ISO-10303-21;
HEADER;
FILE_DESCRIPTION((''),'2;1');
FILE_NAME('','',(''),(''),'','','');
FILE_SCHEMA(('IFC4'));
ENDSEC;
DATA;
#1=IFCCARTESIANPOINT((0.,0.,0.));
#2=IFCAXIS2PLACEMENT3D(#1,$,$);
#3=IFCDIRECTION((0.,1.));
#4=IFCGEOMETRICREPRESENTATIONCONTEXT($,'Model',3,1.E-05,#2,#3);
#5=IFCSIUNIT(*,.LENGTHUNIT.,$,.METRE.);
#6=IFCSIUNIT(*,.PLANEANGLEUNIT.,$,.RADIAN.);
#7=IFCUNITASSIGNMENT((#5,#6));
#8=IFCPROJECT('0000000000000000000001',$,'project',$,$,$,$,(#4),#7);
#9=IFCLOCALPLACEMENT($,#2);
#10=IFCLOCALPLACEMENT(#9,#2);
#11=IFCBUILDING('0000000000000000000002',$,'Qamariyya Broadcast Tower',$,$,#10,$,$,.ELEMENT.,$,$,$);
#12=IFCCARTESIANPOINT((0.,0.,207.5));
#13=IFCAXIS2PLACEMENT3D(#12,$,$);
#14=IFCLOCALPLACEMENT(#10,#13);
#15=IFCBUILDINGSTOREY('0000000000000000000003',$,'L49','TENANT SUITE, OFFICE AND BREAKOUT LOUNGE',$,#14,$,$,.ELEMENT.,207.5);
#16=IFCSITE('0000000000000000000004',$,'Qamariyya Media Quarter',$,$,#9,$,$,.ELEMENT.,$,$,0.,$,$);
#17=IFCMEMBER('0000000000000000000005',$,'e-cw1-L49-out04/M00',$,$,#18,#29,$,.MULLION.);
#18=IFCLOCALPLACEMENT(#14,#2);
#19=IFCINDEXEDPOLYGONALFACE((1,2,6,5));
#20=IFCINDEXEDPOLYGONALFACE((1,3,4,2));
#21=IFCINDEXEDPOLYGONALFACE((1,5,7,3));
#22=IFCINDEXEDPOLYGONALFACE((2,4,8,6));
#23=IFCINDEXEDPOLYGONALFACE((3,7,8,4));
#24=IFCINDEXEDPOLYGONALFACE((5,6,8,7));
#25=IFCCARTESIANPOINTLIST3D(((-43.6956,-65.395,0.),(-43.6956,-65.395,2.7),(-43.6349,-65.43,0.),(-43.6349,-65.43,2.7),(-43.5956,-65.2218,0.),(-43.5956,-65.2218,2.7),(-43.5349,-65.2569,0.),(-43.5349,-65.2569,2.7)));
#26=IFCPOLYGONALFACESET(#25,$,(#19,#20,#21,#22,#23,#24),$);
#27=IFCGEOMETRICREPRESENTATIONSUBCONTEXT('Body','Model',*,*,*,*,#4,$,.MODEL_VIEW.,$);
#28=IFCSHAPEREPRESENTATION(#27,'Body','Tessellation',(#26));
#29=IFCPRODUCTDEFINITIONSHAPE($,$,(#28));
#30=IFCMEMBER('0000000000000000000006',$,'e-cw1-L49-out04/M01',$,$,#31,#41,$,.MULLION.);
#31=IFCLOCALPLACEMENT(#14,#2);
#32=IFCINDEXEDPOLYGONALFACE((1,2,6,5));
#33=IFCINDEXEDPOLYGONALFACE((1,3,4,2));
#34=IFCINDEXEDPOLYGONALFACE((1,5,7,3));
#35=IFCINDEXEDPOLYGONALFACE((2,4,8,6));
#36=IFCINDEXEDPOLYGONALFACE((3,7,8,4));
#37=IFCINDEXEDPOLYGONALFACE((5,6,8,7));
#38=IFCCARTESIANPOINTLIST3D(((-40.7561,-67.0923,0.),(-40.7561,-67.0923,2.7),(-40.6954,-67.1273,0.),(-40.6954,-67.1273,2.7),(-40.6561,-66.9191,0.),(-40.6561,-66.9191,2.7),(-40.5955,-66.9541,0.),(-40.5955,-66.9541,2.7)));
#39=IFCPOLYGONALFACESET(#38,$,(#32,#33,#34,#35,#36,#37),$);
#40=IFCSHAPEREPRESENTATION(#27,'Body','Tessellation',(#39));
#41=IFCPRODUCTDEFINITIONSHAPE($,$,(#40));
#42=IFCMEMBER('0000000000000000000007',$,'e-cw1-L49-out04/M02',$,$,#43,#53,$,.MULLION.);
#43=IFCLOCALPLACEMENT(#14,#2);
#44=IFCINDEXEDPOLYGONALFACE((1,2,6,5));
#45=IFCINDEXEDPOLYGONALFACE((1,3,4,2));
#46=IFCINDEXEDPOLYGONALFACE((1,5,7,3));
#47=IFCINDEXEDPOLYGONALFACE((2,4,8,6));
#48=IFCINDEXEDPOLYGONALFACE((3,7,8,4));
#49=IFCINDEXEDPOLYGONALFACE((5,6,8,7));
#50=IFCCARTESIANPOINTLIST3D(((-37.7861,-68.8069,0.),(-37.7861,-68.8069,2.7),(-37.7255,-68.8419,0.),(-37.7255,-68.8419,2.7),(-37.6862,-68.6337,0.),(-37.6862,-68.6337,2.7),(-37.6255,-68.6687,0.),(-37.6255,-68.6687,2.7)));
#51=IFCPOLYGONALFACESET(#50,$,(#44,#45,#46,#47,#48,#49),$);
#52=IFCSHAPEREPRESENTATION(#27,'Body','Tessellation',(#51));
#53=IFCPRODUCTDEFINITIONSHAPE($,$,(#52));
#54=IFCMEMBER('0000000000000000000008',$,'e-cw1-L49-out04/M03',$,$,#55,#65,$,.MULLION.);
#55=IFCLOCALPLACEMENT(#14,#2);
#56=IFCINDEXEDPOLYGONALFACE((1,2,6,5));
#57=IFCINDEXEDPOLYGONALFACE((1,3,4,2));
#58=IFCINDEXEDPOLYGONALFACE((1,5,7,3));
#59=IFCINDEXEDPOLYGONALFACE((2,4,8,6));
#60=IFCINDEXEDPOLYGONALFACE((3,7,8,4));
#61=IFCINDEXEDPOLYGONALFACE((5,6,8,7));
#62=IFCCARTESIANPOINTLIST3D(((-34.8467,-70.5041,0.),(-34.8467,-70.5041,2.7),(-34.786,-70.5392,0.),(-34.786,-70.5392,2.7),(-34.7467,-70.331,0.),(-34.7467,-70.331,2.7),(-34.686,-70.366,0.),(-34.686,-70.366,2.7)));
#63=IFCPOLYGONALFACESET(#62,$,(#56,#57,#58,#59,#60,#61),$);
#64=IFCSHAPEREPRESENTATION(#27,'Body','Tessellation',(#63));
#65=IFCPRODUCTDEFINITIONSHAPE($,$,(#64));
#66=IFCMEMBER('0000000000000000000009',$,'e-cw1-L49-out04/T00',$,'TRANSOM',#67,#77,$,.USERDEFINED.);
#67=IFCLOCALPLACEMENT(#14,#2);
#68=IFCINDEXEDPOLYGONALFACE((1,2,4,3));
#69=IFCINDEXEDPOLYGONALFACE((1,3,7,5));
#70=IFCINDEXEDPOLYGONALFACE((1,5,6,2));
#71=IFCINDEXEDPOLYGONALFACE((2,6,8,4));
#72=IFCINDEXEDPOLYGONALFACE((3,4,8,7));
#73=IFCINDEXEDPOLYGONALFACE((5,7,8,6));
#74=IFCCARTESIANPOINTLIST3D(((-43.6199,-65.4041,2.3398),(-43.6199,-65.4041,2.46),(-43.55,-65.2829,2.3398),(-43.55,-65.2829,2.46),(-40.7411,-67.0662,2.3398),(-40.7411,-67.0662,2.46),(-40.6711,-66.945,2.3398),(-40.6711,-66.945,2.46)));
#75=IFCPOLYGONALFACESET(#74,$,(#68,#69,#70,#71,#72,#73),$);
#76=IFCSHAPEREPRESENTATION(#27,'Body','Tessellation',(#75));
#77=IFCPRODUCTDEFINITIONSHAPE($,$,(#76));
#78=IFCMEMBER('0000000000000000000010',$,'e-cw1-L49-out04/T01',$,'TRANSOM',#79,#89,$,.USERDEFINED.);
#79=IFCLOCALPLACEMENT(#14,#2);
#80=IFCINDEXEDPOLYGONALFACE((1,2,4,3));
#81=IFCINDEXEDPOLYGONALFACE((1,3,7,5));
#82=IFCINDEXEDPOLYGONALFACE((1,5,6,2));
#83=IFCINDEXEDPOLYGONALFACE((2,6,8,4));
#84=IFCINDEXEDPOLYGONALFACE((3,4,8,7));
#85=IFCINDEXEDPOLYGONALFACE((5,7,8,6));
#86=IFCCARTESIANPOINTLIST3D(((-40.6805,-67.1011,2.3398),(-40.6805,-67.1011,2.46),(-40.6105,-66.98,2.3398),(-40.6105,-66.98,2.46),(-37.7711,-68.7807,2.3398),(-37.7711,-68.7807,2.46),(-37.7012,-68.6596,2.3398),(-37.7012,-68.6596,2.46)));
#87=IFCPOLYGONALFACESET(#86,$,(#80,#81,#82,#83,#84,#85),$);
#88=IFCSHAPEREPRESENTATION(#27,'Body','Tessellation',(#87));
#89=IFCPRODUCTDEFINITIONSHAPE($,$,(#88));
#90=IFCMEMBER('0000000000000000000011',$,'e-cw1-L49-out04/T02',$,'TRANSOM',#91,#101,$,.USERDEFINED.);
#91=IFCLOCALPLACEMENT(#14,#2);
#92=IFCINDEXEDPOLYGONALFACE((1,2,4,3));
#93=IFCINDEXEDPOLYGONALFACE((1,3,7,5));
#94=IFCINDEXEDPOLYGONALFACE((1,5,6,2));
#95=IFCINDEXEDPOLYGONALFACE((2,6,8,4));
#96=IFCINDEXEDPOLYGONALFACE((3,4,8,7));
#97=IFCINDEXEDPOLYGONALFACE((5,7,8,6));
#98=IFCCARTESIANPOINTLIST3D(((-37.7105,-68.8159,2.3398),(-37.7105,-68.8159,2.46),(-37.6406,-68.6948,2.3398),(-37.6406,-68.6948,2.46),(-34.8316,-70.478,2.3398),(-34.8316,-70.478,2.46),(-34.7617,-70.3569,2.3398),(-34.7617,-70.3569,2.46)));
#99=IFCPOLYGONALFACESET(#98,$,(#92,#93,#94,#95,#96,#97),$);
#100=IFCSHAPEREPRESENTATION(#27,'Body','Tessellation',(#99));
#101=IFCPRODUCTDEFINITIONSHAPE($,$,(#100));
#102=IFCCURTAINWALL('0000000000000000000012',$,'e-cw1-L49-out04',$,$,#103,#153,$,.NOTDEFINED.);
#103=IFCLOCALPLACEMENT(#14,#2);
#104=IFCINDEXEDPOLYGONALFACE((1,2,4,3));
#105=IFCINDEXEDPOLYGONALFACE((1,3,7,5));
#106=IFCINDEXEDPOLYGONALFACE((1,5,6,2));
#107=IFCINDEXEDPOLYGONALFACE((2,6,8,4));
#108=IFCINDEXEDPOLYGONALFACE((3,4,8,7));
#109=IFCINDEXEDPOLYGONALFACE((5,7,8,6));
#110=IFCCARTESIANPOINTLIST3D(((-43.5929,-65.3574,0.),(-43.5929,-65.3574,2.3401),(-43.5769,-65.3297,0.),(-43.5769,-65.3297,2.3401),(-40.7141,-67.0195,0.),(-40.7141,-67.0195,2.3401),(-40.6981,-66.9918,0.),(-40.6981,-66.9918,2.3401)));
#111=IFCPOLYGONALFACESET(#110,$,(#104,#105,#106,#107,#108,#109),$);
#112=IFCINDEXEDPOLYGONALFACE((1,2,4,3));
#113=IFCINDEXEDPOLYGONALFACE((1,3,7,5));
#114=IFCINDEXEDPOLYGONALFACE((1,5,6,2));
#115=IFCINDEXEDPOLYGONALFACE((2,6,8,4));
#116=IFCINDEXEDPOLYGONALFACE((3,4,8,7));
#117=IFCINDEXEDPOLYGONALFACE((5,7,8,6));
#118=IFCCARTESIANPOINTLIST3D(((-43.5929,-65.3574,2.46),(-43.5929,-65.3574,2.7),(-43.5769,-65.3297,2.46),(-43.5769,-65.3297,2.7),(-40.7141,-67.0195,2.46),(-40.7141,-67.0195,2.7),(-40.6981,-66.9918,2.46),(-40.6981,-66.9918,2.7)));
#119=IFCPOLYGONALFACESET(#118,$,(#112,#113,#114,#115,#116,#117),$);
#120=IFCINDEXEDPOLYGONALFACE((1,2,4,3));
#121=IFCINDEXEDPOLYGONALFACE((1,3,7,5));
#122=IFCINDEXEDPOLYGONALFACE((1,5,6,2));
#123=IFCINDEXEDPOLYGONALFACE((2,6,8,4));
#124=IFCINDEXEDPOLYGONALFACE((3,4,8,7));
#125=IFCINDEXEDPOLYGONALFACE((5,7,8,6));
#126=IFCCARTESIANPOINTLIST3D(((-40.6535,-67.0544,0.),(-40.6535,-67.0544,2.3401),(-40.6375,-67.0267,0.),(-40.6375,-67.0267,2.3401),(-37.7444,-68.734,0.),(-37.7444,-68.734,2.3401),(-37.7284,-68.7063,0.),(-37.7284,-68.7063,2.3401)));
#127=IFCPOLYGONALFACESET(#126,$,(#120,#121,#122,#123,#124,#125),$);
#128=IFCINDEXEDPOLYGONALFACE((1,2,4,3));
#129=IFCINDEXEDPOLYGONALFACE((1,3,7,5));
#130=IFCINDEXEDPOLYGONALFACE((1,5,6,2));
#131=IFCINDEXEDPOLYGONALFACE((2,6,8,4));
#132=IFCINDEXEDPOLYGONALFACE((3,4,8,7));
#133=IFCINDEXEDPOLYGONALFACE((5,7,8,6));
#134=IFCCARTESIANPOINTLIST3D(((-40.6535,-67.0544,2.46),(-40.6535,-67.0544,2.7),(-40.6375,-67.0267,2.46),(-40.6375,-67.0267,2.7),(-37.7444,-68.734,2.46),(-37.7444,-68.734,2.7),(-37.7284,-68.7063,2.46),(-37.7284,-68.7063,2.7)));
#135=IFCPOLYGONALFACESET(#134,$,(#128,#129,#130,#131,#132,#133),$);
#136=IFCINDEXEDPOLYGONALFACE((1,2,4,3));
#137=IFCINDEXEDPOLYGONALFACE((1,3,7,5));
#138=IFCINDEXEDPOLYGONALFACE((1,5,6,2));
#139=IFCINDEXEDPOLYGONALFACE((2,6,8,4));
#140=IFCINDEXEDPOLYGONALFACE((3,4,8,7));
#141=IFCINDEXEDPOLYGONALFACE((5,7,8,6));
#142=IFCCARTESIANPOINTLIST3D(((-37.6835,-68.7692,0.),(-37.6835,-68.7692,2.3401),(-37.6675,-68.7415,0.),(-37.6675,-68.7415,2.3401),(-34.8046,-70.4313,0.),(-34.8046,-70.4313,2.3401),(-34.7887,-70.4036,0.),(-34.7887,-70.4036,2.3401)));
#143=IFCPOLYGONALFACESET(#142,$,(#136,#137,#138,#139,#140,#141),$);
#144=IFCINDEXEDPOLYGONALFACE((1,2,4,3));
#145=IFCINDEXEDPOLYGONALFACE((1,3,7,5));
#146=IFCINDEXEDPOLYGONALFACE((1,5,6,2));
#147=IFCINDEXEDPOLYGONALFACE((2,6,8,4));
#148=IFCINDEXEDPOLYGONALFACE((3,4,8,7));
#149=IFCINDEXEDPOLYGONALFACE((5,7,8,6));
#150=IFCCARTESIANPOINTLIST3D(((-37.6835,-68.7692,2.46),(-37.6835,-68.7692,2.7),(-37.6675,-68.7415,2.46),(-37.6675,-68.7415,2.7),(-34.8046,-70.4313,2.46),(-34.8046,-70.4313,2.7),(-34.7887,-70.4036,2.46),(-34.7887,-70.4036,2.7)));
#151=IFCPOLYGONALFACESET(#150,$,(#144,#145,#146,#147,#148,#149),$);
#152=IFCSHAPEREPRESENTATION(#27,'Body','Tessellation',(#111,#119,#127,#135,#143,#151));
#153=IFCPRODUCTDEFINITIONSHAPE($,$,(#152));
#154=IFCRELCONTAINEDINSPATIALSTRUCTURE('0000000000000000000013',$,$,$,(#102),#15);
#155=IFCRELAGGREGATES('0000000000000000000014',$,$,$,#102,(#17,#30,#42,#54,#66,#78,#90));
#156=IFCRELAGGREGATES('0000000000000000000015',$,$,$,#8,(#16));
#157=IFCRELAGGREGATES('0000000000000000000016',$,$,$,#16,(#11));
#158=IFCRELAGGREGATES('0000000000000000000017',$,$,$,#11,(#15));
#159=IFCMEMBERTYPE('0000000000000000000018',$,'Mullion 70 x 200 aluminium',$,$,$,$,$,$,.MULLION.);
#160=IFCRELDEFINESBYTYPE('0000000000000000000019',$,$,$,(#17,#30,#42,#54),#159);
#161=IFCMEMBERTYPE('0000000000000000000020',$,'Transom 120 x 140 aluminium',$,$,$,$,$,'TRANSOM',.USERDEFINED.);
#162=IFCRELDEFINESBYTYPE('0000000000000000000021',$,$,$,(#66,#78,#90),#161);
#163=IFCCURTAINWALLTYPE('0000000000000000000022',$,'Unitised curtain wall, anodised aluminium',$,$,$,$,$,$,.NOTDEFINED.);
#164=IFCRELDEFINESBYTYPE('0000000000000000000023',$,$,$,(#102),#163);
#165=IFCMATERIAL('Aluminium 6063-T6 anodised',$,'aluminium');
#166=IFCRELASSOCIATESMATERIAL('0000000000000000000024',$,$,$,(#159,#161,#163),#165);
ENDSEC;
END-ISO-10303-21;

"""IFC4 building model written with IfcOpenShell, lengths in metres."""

from ifc_helpers import new_model, si_unit, direction, frame, origin, origin_2d, place, context, subcontext, project, spatial, rectangle, extrude, material, material_profile, profile_set, type_object, element, aggregate, save


model = new_model("IFC4")

# Units and contexts
model_context = context("Model", 3, precision=1e-05, world=origin(), true_north=direction((0.0, 1.0)))
body_context = subcontext(model_context, "Body", "Model", "MODEL_VIEW")
ifc_project = project(units=[si_unit("LENGTHUNIT", "METRE"), si_unit("PLANEANGLEUNIT", "RADIAN")], contexts=[model_context])

# Members
ifc_material = material(Name="Aluminium 6063-T6 anodised", Category="aluminium")
ifc_material_profile_1 = material_profile(ifc_material, rectangle(XDim=0.2, YDim=0.0701, at=origin_2d()))
ifc_profile_set_1 = profile_set([ifc_material_profile_1], Name="Aluminium 6063-T6 anodised")
member_type_1 = type_object("IfcMemberType", Name="Mullion 70 x 200 aluminium", PredefinedType="MULLION", material=ifc_profile_set_1)
site_placement = place(None, origin())
building_placement = place(site_placement, origin())
storey_placement = place(building_placement, frame((0.0, 0.0, 207.5)))
member_1_placement = place(storey_placement, frame((-43.6152, -65.3259, 0.0), z_axis=(0.0, 0.0, 1.0), x_axis=(0.5, 0.866025, 0.0)))
member_1 = element("IfcMember", 1, at=member_1_placement, type_object=member_type_1, Name="e-cw1-L49-out04/M00", PredefinedType="MULLION", context=body_context, shape_type="SweptSolid", body=[
    extrude(rectangle(XDim=0.2, YDim=0.0701, at=origin_2d()), origin(), (0.0, 0.0, 1.0), 2.7),
])
member_2_placement = place(storey_placement, frame((-40.6758, -67.0232, 0.0), z_axis=(0.0, 0.0, 1.0), x_axis=(0.5, 0.866025, 0.0)))
member_2 = element("IfcMember", 2, at=member_2_placement, type_object=member_type_1, Name="e-cw1-L49-out04/M01", PredefinedType="MULLION", context=body_context, shape_type="SweptSolid", body=[
    extrude(rectangle(XDim=0.2, YDim=0.0701, at=origin_2d()), origin(), (0.0, 0.0, 1.0), 2.7),
])
member_3_placement = place(storey_placement, frame((-37.7058, -68.7378, 0.0), z_axis=(0.0, 0.0, 1.0), x_axis=(0.5, 0.866025, 0.0)))
member_3 = element("IfcMember", 3, at=member_3_placement, type_object=member_type_1, Name="e-cw1-L49-out04/M02", PredefinedType="MULLION", context=body_context, shape_type="SweptSolid", body=[
    extrude(rectangle(XDim=0.2, YDim=0.0701, at=origin_2d()), origin(), (0.0, 0.0, 1.0), 2.7),
])
member_4_placement = place(storey_placement, frame((-34.7664, -70.4351, 0.0), z_axis=(0.0, 0.0, 1.0), x_axis=(0.5, 0.866025, 0.0)))
member_4 = element("IfcMember", 4, at=member_4_placement, type_object=member_type_1, Name="e-cw1-L49-out04/M03", PredefinedType="MULLION", context=body_context, shape_type="SweptSolid", body=[
    extrude(rectangle(XDim=0.2, YDim=0.0701, at=origin_2d()), origin(), (0.0, 0.0, 1.0), 2.7),
])
ifc_material_profile_2 = material_profile(ifc_material, rectangle(XDim=0.1399, YDim=0.1201, at=origin_2d()))
ifc_profile_set_2 = profile_set([ifc_material_profile_2], Name="Aluminium 6063-T6 anodised")
member_type_2 = type_object("IfcMemberType", Name="Transom 120 x 140 aluminium", ElementType="TRANSOM", PredefinedType="USERDEFINED", material=ifc_profile_set_2)
member_5_placement = place(storey_placement, frame((-43.585, -65.3435, 2.3999), z_axis=(0.866029, -0.499994, 0.0), x_axis=(0.499994, 0.866029, 0.0)))
member_5 = element("IfcMember", 5, at=member_5_placement, type_object=member_type_2, Name="e-cw1-L49-out04/T00", ObjectType="TRANSOM", PredefinedType="USERDEFINED", context=body_context, shape_type="SweptSolid", body=[
    extrude(rectangle(XDim=0.1399, YDim=0.1201, at=origin_2d()), origin(), (0.0, 0.0, 1.0), 3.3242),
])
member_6_placement = place(storey_placement, frame((-40.6455, -67.0405, 2.3999), z_axis=(0.866034, -0.499985, 0.0), x_axis=(0.499985, 0.866034, 0.0)))
member_6 = element("IfcMember", 6, at=member_6_placement, type_object=member_type_2, Name="e-cw1-L49-out04/T01", ObjectType="TRANSOM", PredefinedType="USERDEFINED", context=body_context, shape_type="SweptSolid", body=[
    extrude(rectangle(XDim=0.1399, YDim=0.1201, at=origin_2d()), origin(), (0.0, 0.0, 1.0), 3.3594),
])
member_7_placement = place(storey_placement, frame((-37.6755, -68.7554, 2.3999), z_axis=(0.866029, -0.499994, 0.0), x_axis=(0.499994, 0.866029, 0.0)))
member_7 = element("IfcMember", 7, at=member_7_placement, type_object=member_type_2, Name="e-cw1-L49-out04/T02", ObjectType="TRANSOM", PredefinedType="USERDEFINED", context=body_context, shape_type="SweptSolid", body=[
    extrude(rectangle(XDim=0.1399, YDim=0.1201, at=origin_2d()), origin(), (0.0, 0.0, 1.0), 3.3242),
])

# Site, building, storey
site = spatial("IfcSite", under=ifc_project, at=site_placement, Name="Qamariyya Media Quarter", CompositionType="ELEMENT", RefElevation=0.0)
building = spatial("IfcBuilding", under=site, at=building_placement, Name="Qamariyya Broadcast Tower", CompositionType="ELEMENT")
storey = spatial("IfcBuildingStorey", under=building, at=storey_placement, Name="L49", Description="TENANT SUITE, OFFICE AND BREAKOUT LOUNGE", CompositionType="ELEMENT", Elevation=207.5)

# Curtain wall
curtain_wall_type = type_object("IfcCurtainWallType", Name="Unitised curtain wall, anodised aluminium", PredefinedType="NOTDEFINED", material=ifc_material)
curtain_wall_1_placement = place(storey_placement, origin())
curtain_wall_1 = element("IfcCurtainWall", 8, at=curtain_wall_1_placement, inside=storey, type_object=curtain_wall_type, Name="e-cw1-L49-out04", PredefinedType="NOTDEFINED", context=body_context, shape_type="SweptSolid", body=[
    extrude(rectangle(XDim=3.3242, YDim=0.032, at=origin_2d()), frame((-42.1455, -66.1746, 0.0), x_axis=(0.866028, -0.499996, 0.0)), (0.0, 0.0, 1.0), 2.3401),
    extrude(rectangle(XDim=3.3242, YDim=0.032, at=origin_2d()), frame((-42.1455, -66.1746, 2.46), x_axis=(0.866028, -0.499996, 0.0)), (0.0, 0.0, 1.0), 0.24),
    extrude(rectangle(XDim=3.3591, YDim=0.032, at=origin_2d()), frame((-39.1909, -67.8804, 0.0), x_axis=(0.866028, -0.499996, 0.0)), (0.0, 0.0, 1.0), 2.3401),
    extrude(rectangle(XDim=3.3591, YDim=0.032, at=origin_2d()), frame((-39.1909, -67.8804, 2.46), x_axis=(0.866028, -0.499996, 0.0)), (0.0, 0.0, 1.0), 0.24),
    extrude(rectangle(XDim=3.3242, YDim=0.032, at=origin_2d()), frame((-36.2361, -69.5864, 0.0), x_axis=(0.866028, -0.499996, 0.0)), (0.0, 0.0, 1.0), 2.3401),
    extrude(rectangle(XDim=3.3242, YDim=0.032, at=origin_2d()), frame((-36.2361, -69.5864, 2.46), x_axis=(0.866028, -0.499996, 0.0)), (0.0, 0.0, 1.0), 0.24),
])
aggregate(curtain_wall_1, [member_1, member_2, member_3, member_4, member_5, member_6, member_7])

save(model, "model.ifc")
